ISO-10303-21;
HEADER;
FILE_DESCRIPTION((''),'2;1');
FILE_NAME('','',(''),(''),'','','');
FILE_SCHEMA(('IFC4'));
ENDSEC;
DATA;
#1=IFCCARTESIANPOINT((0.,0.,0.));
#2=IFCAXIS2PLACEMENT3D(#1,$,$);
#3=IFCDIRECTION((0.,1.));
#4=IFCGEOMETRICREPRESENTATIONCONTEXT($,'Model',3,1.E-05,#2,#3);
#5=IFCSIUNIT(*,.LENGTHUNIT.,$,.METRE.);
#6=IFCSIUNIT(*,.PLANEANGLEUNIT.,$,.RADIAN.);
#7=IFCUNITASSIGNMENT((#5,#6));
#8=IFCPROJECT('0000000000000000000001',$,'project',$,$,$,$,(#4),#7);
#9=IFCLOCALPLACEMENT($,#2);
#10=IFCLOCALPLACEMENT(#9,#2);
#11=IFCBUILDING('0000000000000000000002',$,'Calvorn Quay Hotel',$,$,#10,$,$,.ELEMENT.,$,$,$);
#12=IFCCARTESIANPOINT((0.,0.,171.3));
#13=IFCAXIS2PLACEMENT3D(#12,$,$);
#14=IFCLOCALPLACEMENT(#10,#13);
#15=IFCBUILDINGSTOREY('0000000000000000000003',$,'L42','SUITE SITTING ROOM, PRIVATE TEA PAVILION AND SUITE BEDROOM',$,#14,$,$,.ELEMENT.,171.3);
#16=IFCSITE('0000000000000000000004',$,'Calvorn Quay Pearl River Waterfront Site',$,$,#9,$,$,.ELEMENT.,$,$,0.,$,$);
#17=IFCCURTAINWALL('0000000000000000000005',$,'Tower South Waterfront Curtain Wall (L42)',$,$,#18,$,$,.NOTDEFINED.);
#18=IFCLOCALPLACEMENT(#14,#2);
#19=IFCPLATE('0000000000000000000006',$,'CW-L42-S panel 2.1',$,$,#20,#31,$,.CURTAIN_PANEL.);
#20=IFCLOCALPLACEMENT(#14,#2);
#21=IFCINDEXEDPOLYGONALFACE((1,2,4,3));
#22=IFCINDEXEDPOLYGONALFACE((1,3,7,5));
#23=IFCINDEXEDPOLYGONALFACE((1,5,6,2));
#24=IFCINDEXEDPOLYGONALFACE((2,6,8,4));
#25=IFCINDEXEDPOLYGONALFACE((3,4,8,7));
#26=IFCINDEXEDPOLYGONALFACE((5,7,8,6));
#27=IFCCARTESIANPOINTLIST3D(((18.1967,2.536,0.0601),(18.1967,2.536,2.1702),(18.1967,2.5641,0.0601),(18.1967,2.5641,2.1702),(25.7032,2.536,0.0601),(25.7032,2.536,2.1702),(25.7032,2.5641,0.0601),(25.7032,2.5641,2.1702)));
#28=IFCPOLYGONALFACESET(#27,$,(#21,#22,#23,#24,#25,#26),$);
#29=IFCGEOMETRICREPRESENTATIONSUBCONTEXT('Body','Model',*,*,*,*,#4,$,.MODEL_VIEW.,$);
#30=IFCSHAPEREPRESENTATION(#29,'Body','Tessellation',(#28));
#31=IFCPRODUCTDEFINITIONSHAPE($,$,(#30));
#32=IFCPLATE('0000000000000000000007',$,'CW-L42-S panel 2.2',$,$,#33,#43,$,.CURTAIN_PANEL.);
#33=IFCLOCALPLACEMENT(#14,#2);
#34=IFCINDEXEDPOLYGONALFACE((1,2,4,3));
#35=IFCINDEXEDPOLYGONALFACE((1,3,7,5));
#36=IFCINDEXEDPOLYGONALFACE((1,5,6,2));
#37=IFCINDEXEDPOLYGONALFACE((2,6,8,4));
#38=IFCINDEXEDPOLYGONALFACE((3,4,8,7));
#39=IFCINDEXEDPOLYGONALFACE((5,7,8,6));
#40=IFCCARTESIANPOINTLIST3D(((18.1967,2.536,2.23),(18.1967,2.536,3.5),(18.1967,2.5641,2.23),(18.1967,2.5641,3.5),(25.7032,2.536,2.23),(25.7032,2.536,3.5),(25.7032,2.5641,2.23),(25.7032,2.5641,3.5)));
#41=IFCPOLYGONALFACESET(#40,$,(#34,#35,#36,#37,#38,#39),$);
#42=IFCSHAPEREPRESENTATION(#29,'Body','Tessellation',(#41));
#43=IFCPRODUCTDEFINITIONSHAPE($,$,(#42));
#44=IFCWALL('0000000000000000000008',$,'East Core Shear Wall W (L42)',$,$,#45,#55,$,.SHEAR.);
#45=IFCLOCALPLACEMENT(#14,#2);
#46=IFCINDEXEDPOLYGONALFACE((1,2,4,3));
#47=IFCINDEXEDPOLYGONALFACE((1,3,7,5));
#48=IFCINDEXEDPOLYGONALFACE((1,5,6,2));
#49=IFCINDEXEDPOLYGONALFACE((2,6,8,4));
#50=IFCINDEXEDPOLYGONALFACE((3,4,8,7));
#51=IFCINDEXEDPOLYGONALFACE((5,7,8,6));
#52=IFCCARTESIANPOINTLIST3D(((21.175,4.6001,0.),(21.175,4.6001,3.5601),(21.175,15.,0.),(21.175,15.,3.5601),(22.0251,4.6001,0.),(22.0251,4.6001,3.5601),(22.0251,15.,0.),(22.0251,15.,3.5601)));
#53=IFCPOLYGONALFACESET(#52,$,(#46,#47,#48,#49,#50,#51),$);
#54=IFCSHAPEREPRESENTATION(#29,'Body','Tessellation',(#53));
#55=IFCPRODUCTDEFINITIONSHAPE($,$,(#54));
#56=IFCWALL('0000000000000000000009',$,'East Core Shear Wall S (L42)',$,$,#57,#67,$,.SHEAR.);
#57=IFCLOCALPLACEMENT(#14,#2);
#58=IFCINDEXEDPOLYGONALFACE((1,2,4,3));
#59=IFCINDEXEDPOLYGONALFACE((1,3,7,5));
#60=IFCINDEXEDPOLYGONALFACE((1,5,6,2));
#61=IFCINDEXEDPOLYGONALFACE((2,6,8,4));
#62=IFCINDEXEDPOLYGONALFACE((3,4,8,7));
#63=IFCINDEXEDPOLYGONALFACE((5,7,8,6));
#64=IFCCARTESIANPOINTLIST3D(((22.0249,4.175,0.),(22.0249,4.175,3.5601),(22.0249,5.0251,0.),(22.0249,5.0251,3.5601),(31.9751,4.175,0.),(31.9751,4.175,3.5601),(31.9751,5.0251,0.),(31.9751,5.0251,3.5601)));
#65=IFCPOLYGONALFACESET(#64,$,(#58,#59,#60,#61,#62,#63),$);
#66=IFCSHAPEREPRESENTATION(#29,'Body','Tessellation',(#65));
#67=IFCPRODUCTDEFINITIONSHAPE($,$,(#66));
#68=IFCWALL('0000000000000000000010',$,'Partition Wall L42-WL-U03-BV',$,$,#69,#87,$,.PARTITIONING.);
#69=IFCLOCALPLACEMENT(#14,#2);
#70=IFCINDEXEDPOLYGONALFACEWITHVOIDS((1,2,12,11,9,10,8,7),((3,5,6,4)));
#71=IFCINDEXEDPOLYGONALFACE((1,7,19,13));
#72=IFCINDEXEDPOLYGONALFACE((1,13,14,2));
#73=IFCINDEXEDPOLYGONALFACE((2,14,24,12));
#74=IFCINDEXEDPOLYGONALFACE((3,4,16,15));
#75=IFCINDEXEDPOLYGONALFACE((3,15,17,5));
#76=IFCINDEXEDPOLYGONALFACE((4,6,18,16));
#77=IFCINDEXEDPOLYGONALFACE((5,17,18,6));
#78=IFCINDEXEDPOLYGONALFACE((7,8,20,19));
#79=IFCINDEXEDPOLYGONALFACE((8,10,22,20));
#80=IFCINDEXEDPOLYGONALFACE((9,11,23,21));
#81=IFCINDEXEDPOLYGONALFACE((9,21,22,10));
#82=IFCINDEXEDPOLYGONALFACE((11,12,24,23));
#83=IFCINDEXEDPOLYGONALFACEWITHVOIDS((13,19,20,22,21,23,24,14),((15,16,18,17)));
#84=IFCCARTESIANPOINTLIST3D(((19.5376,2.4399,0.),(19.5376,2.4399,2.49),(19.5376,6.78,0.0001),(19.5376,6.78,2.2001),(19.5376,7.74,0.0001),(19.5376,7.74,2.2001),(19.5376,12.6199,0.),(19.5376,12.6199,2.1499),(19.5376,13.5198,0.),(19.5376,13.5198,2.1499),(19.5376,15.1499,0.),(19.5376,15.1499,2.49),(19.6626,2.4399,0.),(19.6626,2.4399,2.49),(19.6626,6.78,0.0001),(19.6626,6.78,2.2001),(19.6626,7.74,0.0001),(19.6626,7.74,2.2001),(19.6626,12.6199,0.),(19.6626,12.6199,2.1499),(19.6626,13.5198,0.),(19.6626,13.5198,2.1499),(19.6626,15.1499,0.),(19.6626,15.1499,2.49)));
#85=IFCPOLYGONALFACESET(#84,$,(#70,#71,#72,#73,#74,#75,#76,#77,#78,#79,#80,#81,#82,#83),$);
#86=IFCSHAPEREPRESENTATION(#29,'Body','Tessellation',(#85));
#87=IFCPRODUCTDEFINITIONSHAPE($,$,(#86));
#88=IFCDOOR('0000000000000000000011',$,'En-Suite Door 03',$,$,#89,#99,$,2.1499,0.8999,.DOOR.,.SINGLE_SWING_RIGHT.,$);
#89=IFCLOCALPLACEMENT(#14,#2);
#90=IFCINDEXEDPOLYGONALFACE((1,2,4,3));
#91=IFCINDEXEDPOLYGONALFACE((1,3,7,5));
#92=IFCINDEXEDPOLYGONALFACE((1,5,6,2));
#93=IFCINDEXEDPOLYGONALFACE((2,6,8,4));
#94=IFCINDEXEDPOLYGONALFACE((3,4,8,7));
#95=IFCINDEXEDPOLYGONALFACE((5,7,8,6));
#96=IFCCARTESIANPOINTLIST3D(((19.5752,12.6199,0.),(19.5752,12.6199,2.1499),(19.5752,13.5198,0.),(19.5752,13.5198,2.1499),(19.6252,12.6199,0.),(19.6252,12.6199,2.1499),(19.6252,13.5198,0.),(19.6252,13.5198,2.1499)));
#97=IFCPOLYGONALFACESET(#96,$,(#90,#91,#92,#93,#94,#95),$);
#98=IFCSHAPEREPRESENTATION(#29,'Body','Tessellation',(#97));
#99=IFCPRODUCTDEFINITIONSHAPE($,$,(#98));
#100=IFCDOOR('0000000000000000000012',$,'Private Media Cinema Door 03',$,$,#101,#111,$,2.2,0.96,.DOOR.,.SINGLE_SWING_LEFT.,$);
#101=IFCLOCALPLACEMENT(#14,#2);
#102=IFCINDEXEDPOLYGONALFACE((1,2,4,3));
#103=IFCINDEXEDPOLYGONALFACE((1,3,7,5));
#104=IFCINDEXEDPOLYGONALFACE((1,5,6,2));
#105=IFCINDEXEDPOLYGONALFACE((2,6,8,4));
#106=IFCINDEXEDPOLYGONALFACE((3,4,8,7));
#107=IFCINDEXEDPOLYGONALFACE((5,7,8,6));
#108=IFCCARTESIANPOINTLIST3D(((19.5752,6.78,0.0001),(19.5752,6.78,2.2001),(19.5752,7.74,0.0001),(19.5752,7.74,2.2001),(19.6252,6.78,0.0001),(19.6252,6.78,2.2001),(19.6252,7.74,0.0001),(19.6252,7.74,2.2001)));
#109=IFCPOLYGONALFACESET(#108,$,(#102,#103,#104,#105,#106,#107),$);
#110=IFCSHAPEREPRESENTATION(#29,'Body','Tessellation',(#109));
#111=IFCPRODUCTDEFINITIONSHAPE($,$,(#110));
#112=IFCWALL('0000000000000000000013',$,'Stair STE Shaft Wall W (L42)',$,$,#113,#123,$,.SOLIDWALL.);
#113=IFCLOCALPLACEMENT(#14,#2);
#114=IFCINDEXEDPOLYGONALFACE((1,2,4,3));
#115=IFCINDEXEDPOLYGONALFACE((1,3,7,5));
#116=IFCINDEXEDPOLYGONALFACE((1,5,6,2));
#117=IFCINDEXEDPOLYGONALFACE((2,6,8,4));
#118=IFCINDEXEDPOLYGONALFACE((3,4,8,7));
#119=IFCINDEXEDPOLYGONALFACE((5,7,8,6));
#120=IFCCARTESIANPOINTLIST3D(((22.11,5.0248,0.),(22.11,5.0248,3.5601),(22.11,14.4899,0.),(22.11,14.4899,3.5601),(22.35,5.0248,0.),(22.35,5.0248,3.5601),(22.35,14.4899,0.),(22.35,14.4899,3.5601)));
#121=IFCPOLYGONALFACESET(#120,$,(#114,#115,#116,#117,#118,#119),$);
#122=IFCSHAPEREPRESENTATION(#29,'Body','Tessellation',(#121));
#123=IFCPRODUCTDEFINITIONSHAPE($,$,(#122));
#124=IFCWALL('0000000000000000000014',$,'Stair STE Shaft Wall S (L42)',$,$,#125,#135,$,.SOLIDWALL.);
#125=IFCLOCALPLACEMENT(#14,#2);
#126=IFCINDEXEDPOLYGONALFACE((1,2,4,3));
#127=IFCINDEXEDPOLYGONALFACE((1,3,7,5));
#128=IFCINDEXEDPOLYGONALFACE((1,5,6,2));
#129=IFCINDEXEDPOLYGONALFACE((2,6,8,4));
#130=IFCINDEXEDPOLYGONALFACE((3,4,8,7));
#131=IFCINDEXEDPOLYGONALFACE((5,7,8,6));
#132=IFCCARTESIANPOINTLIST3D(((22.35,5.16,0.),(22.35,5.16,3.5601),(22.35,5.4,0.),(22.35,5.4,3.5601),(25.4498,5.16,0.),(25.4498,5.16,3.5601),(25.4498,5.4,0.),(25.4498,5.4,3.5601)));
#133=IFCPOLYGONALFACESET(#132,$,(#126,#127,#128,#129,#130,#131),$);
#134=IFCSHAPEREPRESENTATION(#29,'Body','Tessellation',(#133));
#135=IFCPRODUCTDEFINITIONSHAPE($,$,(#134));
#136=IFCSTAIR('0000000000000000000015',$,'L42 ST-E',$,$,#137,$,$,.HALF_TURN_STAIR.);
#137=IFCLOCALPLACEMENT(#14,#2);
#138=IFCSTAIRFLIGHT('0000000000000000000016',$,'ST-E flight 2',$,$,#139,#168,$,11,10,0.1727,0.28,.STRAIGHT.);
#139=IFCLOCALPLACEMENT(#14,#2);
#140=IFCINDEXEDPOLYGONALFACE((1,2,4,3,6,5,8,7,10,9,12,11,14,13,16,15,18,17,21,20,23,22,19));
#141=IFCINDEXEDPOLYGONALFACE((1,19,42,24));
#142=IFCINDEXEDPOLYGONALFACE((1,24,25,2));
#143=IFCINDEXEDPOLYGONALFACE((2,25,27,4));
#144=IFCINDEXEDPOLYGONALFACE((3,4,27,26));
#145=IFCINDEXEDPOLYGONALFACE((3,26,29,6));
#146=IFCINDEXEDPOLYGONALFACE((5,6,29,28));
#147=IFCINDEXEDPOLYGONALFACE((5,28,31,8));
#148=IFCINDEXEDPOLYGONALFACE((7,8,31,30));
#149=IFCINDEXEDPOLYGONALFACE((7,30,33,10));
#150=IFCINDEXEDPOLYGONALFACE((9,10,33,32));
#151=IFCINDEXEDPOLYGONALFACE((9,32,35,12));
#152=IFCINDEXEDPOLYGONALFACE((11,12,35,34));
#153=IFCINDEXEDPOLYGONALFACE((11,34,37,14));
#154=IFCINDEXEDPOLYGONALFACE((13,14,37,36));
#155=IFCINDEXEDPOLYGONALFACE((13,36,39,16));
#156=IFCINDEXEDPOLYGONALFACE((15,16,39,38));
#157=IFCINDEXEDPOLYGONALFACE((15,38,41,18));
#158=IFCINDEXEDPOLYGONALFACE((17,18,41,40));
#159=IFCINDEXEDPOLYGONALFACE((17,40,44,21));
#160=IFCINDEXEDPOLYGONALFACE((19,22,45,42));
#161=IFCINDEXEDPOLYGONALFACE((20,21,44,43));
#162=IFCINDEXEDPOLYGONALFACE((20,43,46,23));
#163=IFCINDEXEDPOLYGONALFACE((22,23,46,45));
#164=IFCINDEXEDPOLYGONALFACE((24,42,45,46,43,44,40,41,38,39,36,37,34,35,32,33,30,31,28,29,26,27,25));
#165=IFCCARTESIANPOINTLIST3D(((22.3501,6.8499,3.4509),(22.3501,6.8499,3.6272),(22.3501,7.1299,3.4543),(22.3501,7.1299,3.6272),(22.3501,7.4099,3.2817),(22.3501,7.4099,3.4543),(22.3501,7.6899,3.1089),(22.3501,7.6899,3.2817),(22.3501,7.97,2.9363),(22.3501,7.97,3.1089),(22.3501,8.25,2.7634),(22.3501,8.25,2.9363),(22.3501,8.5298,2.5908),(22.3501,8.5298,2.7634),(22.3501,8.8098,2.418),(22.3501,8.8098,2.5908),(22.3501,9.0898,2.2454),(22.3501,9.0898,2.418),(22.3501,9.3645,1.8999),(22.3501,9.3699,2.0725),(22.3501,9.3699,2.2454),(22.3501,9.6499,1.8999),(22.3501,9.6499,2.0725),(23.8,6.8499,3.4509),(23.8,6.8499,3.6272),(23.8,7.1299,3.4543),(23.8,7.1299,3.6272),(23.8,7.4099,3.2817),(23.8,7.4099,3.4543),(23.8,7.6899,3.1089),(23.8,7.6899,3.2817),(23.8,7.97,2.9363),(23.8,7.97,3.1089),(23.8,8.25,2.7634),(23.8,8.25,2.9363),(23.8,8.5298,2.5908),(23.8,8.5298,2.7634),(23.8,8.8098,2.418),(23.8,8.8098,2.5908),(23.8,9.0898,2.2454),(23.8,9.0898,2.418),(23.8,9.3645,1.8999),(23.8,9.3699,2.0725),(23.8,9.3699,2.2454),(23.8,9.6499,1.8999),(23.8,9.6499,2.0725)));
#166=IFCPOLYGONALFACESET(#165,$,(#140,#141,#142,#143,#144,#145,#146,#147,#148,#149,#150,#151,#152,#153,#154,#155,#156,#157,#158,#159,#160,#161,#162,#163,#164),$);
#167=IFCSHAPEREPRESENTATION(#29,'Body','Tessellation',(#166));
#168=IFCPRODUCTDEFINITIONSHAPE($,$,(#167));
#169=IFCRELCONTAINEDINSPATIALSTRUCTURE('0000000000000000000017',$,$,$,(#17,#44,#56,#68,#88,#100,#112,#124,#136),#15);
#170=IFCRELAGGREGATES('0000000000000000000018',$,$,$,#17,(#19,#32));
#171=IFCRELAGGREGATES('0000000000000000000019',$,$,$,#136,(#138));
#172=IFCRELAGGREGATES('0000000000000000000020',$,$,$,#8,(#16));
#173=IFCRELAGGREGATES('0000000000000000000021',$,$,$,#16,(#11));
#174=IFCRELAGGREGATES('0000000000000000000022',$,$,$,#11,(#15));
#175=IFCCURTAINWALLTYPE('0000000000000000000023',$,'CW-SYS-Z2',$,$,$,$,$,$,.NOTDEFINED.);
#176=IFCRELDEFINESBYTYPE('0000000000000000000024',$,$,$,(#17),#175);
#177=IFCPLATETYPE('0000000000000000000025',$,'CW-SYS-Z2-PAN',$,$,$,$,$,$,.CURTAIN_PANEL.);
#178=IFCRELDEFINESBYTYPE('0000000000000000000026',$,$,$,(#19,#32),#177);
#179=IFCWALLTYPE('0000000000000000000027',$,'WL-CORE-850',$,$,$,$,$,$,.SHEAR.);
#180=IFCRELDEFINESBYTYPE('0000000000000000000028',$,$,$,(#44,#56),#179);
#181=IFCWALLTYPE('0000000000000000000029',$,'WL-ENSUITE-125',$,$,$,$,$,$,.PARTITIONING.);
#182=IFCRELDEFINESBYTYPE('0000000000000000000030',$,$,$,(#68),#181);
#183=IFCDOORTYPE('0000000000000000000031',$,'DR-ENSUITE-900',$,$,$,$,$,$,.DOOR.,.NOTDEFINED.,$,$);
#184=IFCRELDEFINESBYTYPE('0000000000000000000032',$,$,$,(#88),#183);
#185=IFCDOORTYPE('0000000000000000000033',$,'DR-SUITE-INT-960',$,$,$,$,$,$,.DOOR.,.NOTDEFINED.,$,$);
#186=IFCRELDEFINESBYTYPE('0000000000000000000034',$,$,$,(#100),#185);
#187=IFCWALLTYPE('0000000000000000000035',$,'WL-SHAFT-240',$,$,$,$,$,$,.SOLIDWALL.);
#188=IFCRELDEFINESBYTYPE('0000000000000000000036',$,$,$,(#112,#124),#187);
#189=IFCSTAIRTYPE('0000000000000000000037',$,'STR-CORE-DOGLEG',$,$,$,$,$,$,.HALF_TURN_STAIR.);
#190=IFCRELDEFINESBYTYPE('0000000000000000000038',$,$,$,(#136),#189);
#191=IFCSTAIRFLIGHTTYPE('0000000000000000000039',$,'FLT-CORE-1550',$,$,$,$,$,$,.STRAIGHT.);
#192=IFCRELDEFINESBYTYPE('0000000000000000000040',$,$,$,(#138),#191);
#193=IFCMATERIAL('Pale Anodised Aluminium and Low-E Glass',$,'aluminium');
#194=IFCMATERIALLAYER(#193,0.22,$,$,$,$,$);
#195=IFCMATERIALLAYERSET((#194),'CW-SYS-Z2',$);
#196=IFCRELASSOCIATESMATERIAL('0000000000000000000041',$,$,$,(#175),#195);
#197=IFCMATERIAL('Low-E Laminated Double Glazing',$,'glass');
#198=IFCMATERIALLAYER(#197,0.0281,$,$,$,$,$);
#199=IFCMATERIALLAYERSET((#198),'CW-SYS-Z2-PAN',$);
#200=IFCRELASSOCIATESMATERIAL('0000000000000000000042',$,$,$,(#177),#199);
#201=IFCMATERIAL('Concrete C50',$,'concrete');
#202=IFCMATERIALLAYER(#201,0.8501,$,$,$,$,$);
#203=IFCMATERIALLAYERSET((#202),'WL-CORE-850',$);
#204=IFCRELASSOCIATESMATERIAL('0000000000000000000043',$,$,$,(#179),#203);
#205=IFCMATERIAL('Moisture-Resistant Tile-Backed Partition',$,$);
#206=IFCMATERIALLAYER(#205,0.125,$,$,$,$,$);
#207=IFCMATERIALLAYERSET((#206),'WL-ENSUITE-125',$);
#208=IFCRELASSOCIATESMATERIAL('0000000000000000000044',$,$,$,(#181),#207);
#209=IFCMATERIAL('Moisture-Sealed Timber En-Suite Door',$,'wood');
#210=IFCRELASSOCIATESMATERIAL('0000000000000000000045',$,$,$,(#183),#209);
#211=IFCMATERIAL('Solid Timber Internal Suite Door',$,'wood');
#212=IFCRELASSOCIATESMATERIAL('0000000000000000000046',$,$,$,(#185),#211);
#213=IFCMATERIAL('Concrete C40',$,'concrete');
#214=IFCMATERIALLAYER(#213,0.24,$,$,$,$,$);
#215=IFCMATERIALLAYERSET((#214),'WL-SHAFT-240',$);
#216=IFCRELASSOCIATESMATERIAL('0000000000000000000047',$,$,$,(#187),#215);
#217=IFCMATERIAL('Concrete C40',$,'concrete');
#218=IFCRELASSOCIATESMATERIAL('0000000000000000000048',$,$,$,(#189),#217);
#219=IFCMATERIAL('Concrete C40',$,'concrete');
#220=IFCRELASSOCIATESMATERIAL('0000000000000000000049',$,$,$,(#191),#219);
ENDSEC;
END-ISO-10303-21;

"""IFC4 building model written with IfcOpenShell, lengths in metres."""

from ifc_helpers import new_model, si_unit, direction, frame, frame_2d, origin, origin_2d, place, context, subcontext, project, spatial, polyline, rectangle, outline, extrude, material, layer, layer_set, type_object, element, fill, aggregate, save


model = new_model("IFC4")

# Units and contexts
model_context = context("Model", 3, precision=1e-05, world=origin(), true_north=direction((0.0, 1.0)))
body_context = subcontext(model_context, "Body", "Model", "MODEL_VIEW")
ifc_project = project(units=[si_unit("LENGTHUNIT", "METRE"), si_unit("PLANEANGLEUNIT", "RADIAN")], contexts=[model_context])

# Site, building, storey
site_placement = place(None, origin())
site = spatial("IfcSite", under=ifc_project, at=site_placement, Name="Calvorn Quay Pearl River Waterfront Site", CompositionType="ELEMENT", RefElevation=0.0)
building_placement = place(site_placement, origin())
building = spatial("IfcBuilding", under=site, at=building_placement, Name="Calvorn Quay Hotel", CompositionType="ELEMENT")
storey_placement = place(building_placement, frame((0.0, 0.0, 171.3)))
storey = spatial("IfcBuildingStorey", under=building, at=storey_placement, Name="L42", Description="SUITE SITTING ROOM, PRIVATE TEA PAVILION AND SUITE BEDROOM", CompositionType="ELEMENT", Elevation=171.3)

# Curtain wall, plates
ifc_material_1 = material(Name="Pale Anodised Aluminium and Low-E Glass", Category="aluminium")
ifc_layer_1 = layer(ifc_material_1, 0.22)
ifc_layer_set_1 = layer_set([ifc_layer_1], Name="CW-SYS-Z2")
curtain_wall_type = type_object("IfcCurtainWallType", Name="CW-SYS-Z2", PredefinedType="NOTDEFINED", material=ifc_layer_set_1)
curtain_wall_placement = place(storey_placement, origin())
curtain_wall = element("IfcCurtainWall", 1, at=curtain_wall_placement, inside=storey, type_object=curtain_wall_type, Name="Tower South Waterfront Curtain Wall (L42)", PredefinedType="NOTDEFINED")
ifc_material_2 = material(Name="Low-E Laminated Double Glazing", Category="glass")
ifc_layer_2 = layer(ifc_material_2, 0.0281)
ifc_layer_set_2 = layer_set([ifc_layer_2], Name="CW-SYS-Z2-PAN")
plate_type = type_object("IfcPlateType", Name="CW-SYS-Z2-PAN", PredefinedType="CURTAIN_PANEL", material=ifc_layer_set_2)
plate_1_placement = place(storey_placement, frame((21.95, 2.55, 0.0601), z_axis=(0.0, 0.0, 1.0), x_axis=(1.0, 0.0, 0.0)))
plate_1 = element("IfcPlate", 2, at=plate_1_placement, type_object=plate_type, Name="CW-L42-S panel 2.1", PredefinedType="CURTAIN_PANEL", context=body_context, shape_type="SweptSolid", body=[
    extrude(rectangle(XDim=7.5066, YDim=0.0281, at=origin_2d()), origin(), (0.0, 0.0, 1.0), 2.1101),
])
plate_2_placement = place(storey_placement, frame((21.95, 2.55, 2.23), z_axis=(0.0, 0.0, 1.0), x_axis=(1.0, 0.0, 0.0)))
plate_2 = element("IfcPlate", 3, at=plate_2_placement, type_object=plate_type, Name="CW-L42-S panel 2.2", PredefinedType="CURTAIN_PANEL", context=body_context, shape_type="SweptSolid", body=[
    extrude(rectangle(XDim=7.5066, YDim=0.0281, at=origin_2d()), origin(), (0.0, 0.0, 1.0), 1.27),
])
aggregate(curtain_wall, [plate_1, plate_2])

# Walls
ifc_material_3 = material(Name="Concrete C50", Category="concrete")
ifc_layer_3 = layer(ifc_material_3, 0.8501)
ifc_layer_set_3 = layer_set([ifc_layer_3], Name="WL-CORE-850")
wall_type_1 = type_object("IfcWallType", Name="WL-CORE-850", PredefinedType="SHEAR", material=ifc_layer_set_3)
wall_1_placement = place(storey_placement, frame((21.6001, 4.6001, 0.0), z_axis=(0.0, 0.0, 1.0), x_axis=(0.0, 1.0, 0.0)))
element("IfcWall", 4, at=wall_1_placement, inside=storey, type_object=wall_type_1, Name="East Core Shear Wall W (L42)", PredefinedType="SHEAR", context=body_context, shape_type="SweptSolid", body=[
    extrude(rectangle(XDim=10.3999, YDim=0.8501, at=frame_2d((5.2, 0.0))), origin(), (0.0, 0.0, 1.0), 3.5601),
])
wall_2_placement = place(storey_placement, frame((22.0249, 4.6001, 0.0), z_axis=(0.0, 0.0, 1.0), x_axis=(1.0, 0.0, 0.0)))
element("IfcWall", 5, at=wall_2_placement, inside=storey, type_object=wall_type_1, Name="East Core Shear Wall S (L42)", PredefinedType="SHEAR", context=body_context, shape_type="SweptSolid", body=[
    extrude(rectangle(XDim=9.9502, YDim=0.8501, at=frame_2d((4.9751, 0.0))), origin(), (0.0, 0.0, 1.0), 3.5601),
])

# Wall, openings, doors
ifc_material_4 = material(Name="Moisture-Resistant Tile-Backed Partition")
ifc_layer_4 = layer(ifc_material_4, 0.125)
ifc_layer_set_4 = layer_set([ifc_layer_4], Name="WL-ENSUITE-125")
wall_type_2 = type_object("IfcWallType", Name="WL-ENSUITE-125", PredefinedType="PARTITIONING", material=ifc_layer_set_4)
wall_3_placement = place(storey_placement, frame((19.6001, 2.4399, 0.0), z_axis=(0.0, 0.0, 1.0), x_axis=(0.0, 1.0, 0.0)))
wall_3 = element("IfcWall", 6, at=wall_3_placement, inside=storey, type_object=wall_type_2, Name="Partition Wall L42-WL-U03-BV", PredefinedType="PARTITIONING", context=body_context, shape_type="SweptSolid", body=[
    extrude(rectangle(XDim=12.71, YDim=0.125, at=frame_2d((6.355, 0.0))), origin(), (0.0, 0.0, 1.0), 2.49),
])
opening_1_placement = place(wall_3_placement, frame((4.3401, 0.0, 0.0)))
opening_1 = element("IfcOpeningElement", 7, at=opening_1_placement, cuts=wall_3, PredefinedType="OPENING", context=body_context, shape_type="SweptSolid", body=[
    extrude(rectangle(XDim=0.96, YDim=2.2, at=frame_2d((0.48, 1.1001))), frame((0.0, 0.0725, 0.0), z_axis=(0.0, -1.0, 0.0), x_axis=(1.0, 0.0, 0.0)), (0.0, 0.0, 1.0), 0.145),
])
opening_2_placement = place(wall_3_placement, frame((10.1799, 0.0, 0.0)))
opening_2 = element("IfcOpeningElement", 8, at=opening_2_placement, cuts=wall_3, PredefinedType="OPENING", context=body_context, shape_type="SweptSolid", body=[
    extrude(rectangle(XDim=0.8999, YDim=2.1499, at=frame_2d((0.45, 1.075))), frame((0.0, 0.0725, 0.0), z_axis=(0.0, -1.0, 0.0), x_axis=(1.0, 0.0, 0.0)), (0.0, 0.0, 1.0), 0.145),
])
ifc_material_5 = material(Name="Moisture-Sealed Timber En-Suite Door", Category="wood")
door_type_1 = type_object("IfcDoorType", Name="DR-ENSUITE-900", OperationType="NOTDEFINED", PredefinedType="DOOR", material=ifc_material_5)
door_1_placement = place(opening_2_placement, origin())
door_1 = element("IfcDoor", 9, at=door_1_placement, inside=storey, type_object=door_type_1, Name="En-Suite Door 03", OperationType="SINGLE_SWING_RIGHT", OverallHeight=2.1499, OverallWidth=0.8999, PredefinedType="DOOR", context=body_context, shape_type="SweptSolid", body=[
    extrude(rectangle(XDim=0.8999, YDim=2.1499, at=frame_2d((0.45, 1.075))), frame((0.0, 0.0249, 0.0), z_axis=(0.0, -1.0, 0.0), x_axis=(1.0, 0.0, 0.0)), (0.0, 0.0, 1.0), 0.05),
])
fill(opening_2, door_1)
ifc_material_6 = material(Name="Solid Timber Internal Suite Door", Category="wood")
door_type_2 = type_object("IfcDoorType", Name="DR-SUITE-INT-960", OperationType="NOTDEFINED", PredefinedType="DOOR", material=ifc_material_6)
door_2_placement = place(opening_1_placement, origin())
door_2 = element("IfcDoor", 10, at=door_2_placement, inside=storey, type_object=door_type_2, Name="Private Media Cinema Door 03", OperationType="SINGLE_SWING_LEFT", OverallHeight=2.2, OverallWidth=0.96, PredefinedType="DOOR", context=body_context, shape_type="SweptSolid", body=[
    extrude(rectangle(XDim=0.96, YDim=2.2, at=frame_2d((0.48, 1.1001))), frame((0.0, 0.0249, 0.0), z_axis=(0.0, -1.0, 0.0), x_axis=(1.0, 0.0, 0.0)), (0.0, 0.0, 1.0), 0.05),
])
fill(opening_1, door_2)

# Walls
ifc_material_7 = material(Name="Concrete C40", Category="concrete")
ifc_layer_5 = layer(ifc_material_7, 0.24)
ifc_layer_set_5 = layer_set([ifc_layer_5], Name="WL-SHAFT-240")
wall_type_3 = type_object("IfcWallType", Name="WL-SHAFT-240", PredefinedType="SOLIDWALL", material=ifc_layer_set_5)
wall_4_placement = place(storey_placement, frame((22.23, 5.0249, 0.0), z_axis=(0.0, 0.0, 1.0), x_axis=(0.0, 1.0, 0.0)))
element("IfcWall", 11, at=wall_4_placement, inside=storey, type_object=wall_type_3, Name="Stair STE Shaft Wall W (L42)", PredefinedType="SOLIDWALL", context=body_context, shape_type="SweptSolid", body=[
    extrude(rectangle(XDim=9.4651, YDim=0.24, at=frame_2d((4.7324, 0.0))), origin(), (0.0, 0.0, 1.0), 3.5601),
])
wall_5_placement = place(storey_placement, frame((22.3501, 5.28, 0.0), z_axis=(0.0, 0.0, 1.0), x_axis=(1.0, 0.0, 0.0)))
element("IfcWall", 12, at=wall_5_placement, inside=storey, type_object=wall_type_3, Name="Stair STE Shaft Wall S (L42)", PredefinedType="SOLIDWALL", context=body_context, shape_type="SweptSolid", body=[
    extrude(rectangle(XDim=3.0999, YDim=0.24, at=frame_2d((1.5498, 0.0))), origin(), (0.0, 0.0, 1.0), 3.5601),
])

# Stair, stair flight
ifc_material_8 = material(Name="Concrete C40", Category="concrete")
stair_type = type_object("IfcStairType", Name="STR-CORE-DOGLEG", PredefinedType="HALF_TURN_STAIR", material=ifc_material_8)
stair_placement = place(storey_placement, origin())
stair = element("IfcStair", 13, at=stair_placement, inside=storey, type_object=stair_type, Name="L42 ST-E", PredefinedType="HALF_TURN_STAIR")
ifc_material_9 = material(Name="Concrete C40", Category="concrete")
stair_flight_type = type_object("IfcStairFlightType", Name="FLT-CORE-1550", PredefinedType="STRAIGHT", material=ifc_material_9)
stair_flight_placement = place(storey_placement, frame((23.075, 9.6499, 1.8999), z_axis=(0.0, 0.0, 1.0), x_axis=(0.0, -1.0, 0.0)))
stair_flight = element("IfcStairFlight", 14, at=stair_flight_placement, type_object=stair_flight_type, Name="ST-E flight 2", NumberOfRisers=11, NumberOfTreads=10, PredefinedType="STRAIGHT", RiserHeight=0.1727, TreadLength=0.28, context=body_context, shape_type="SweptSolid", body=[
    extrude(outline(polyline([(0.0, 0.0), (0.0, 0.1726), (0.28, 0.1726), (0.28, 0.3455), (0.5601, 0.3455), (0.5601, 0.5181), (0.8401, 0.5181), (0.8401, 0.6909), (1.1201, 0.6909), (1.1201, 0.8635), (1.3999, 0.8635), (1.3999, 1.0364), (1.6799, 1.0364), (1.6799, 1.209), (1.96, 1.209), (1.96, 1.3818), (2.24, 1.3818), (2.24, 1.5544), (2.52, 1.5544), (2.52, 1.7273), (2.8, 1.7273), (2.8, 1.8999), (2.8, 1.551), (0.2854, 0.0), (0.0, 0.0)])), frame((0.0, 0.7251, 0.0), z_axis=(0.0, -1.0, 0.0), x_axis=(1.0, 0.0, 0.0)), (0.0, 0.0, 1.0), 1.45),
])
aggregate(stair, [stair_flight])

save(model, "model.ifc")
